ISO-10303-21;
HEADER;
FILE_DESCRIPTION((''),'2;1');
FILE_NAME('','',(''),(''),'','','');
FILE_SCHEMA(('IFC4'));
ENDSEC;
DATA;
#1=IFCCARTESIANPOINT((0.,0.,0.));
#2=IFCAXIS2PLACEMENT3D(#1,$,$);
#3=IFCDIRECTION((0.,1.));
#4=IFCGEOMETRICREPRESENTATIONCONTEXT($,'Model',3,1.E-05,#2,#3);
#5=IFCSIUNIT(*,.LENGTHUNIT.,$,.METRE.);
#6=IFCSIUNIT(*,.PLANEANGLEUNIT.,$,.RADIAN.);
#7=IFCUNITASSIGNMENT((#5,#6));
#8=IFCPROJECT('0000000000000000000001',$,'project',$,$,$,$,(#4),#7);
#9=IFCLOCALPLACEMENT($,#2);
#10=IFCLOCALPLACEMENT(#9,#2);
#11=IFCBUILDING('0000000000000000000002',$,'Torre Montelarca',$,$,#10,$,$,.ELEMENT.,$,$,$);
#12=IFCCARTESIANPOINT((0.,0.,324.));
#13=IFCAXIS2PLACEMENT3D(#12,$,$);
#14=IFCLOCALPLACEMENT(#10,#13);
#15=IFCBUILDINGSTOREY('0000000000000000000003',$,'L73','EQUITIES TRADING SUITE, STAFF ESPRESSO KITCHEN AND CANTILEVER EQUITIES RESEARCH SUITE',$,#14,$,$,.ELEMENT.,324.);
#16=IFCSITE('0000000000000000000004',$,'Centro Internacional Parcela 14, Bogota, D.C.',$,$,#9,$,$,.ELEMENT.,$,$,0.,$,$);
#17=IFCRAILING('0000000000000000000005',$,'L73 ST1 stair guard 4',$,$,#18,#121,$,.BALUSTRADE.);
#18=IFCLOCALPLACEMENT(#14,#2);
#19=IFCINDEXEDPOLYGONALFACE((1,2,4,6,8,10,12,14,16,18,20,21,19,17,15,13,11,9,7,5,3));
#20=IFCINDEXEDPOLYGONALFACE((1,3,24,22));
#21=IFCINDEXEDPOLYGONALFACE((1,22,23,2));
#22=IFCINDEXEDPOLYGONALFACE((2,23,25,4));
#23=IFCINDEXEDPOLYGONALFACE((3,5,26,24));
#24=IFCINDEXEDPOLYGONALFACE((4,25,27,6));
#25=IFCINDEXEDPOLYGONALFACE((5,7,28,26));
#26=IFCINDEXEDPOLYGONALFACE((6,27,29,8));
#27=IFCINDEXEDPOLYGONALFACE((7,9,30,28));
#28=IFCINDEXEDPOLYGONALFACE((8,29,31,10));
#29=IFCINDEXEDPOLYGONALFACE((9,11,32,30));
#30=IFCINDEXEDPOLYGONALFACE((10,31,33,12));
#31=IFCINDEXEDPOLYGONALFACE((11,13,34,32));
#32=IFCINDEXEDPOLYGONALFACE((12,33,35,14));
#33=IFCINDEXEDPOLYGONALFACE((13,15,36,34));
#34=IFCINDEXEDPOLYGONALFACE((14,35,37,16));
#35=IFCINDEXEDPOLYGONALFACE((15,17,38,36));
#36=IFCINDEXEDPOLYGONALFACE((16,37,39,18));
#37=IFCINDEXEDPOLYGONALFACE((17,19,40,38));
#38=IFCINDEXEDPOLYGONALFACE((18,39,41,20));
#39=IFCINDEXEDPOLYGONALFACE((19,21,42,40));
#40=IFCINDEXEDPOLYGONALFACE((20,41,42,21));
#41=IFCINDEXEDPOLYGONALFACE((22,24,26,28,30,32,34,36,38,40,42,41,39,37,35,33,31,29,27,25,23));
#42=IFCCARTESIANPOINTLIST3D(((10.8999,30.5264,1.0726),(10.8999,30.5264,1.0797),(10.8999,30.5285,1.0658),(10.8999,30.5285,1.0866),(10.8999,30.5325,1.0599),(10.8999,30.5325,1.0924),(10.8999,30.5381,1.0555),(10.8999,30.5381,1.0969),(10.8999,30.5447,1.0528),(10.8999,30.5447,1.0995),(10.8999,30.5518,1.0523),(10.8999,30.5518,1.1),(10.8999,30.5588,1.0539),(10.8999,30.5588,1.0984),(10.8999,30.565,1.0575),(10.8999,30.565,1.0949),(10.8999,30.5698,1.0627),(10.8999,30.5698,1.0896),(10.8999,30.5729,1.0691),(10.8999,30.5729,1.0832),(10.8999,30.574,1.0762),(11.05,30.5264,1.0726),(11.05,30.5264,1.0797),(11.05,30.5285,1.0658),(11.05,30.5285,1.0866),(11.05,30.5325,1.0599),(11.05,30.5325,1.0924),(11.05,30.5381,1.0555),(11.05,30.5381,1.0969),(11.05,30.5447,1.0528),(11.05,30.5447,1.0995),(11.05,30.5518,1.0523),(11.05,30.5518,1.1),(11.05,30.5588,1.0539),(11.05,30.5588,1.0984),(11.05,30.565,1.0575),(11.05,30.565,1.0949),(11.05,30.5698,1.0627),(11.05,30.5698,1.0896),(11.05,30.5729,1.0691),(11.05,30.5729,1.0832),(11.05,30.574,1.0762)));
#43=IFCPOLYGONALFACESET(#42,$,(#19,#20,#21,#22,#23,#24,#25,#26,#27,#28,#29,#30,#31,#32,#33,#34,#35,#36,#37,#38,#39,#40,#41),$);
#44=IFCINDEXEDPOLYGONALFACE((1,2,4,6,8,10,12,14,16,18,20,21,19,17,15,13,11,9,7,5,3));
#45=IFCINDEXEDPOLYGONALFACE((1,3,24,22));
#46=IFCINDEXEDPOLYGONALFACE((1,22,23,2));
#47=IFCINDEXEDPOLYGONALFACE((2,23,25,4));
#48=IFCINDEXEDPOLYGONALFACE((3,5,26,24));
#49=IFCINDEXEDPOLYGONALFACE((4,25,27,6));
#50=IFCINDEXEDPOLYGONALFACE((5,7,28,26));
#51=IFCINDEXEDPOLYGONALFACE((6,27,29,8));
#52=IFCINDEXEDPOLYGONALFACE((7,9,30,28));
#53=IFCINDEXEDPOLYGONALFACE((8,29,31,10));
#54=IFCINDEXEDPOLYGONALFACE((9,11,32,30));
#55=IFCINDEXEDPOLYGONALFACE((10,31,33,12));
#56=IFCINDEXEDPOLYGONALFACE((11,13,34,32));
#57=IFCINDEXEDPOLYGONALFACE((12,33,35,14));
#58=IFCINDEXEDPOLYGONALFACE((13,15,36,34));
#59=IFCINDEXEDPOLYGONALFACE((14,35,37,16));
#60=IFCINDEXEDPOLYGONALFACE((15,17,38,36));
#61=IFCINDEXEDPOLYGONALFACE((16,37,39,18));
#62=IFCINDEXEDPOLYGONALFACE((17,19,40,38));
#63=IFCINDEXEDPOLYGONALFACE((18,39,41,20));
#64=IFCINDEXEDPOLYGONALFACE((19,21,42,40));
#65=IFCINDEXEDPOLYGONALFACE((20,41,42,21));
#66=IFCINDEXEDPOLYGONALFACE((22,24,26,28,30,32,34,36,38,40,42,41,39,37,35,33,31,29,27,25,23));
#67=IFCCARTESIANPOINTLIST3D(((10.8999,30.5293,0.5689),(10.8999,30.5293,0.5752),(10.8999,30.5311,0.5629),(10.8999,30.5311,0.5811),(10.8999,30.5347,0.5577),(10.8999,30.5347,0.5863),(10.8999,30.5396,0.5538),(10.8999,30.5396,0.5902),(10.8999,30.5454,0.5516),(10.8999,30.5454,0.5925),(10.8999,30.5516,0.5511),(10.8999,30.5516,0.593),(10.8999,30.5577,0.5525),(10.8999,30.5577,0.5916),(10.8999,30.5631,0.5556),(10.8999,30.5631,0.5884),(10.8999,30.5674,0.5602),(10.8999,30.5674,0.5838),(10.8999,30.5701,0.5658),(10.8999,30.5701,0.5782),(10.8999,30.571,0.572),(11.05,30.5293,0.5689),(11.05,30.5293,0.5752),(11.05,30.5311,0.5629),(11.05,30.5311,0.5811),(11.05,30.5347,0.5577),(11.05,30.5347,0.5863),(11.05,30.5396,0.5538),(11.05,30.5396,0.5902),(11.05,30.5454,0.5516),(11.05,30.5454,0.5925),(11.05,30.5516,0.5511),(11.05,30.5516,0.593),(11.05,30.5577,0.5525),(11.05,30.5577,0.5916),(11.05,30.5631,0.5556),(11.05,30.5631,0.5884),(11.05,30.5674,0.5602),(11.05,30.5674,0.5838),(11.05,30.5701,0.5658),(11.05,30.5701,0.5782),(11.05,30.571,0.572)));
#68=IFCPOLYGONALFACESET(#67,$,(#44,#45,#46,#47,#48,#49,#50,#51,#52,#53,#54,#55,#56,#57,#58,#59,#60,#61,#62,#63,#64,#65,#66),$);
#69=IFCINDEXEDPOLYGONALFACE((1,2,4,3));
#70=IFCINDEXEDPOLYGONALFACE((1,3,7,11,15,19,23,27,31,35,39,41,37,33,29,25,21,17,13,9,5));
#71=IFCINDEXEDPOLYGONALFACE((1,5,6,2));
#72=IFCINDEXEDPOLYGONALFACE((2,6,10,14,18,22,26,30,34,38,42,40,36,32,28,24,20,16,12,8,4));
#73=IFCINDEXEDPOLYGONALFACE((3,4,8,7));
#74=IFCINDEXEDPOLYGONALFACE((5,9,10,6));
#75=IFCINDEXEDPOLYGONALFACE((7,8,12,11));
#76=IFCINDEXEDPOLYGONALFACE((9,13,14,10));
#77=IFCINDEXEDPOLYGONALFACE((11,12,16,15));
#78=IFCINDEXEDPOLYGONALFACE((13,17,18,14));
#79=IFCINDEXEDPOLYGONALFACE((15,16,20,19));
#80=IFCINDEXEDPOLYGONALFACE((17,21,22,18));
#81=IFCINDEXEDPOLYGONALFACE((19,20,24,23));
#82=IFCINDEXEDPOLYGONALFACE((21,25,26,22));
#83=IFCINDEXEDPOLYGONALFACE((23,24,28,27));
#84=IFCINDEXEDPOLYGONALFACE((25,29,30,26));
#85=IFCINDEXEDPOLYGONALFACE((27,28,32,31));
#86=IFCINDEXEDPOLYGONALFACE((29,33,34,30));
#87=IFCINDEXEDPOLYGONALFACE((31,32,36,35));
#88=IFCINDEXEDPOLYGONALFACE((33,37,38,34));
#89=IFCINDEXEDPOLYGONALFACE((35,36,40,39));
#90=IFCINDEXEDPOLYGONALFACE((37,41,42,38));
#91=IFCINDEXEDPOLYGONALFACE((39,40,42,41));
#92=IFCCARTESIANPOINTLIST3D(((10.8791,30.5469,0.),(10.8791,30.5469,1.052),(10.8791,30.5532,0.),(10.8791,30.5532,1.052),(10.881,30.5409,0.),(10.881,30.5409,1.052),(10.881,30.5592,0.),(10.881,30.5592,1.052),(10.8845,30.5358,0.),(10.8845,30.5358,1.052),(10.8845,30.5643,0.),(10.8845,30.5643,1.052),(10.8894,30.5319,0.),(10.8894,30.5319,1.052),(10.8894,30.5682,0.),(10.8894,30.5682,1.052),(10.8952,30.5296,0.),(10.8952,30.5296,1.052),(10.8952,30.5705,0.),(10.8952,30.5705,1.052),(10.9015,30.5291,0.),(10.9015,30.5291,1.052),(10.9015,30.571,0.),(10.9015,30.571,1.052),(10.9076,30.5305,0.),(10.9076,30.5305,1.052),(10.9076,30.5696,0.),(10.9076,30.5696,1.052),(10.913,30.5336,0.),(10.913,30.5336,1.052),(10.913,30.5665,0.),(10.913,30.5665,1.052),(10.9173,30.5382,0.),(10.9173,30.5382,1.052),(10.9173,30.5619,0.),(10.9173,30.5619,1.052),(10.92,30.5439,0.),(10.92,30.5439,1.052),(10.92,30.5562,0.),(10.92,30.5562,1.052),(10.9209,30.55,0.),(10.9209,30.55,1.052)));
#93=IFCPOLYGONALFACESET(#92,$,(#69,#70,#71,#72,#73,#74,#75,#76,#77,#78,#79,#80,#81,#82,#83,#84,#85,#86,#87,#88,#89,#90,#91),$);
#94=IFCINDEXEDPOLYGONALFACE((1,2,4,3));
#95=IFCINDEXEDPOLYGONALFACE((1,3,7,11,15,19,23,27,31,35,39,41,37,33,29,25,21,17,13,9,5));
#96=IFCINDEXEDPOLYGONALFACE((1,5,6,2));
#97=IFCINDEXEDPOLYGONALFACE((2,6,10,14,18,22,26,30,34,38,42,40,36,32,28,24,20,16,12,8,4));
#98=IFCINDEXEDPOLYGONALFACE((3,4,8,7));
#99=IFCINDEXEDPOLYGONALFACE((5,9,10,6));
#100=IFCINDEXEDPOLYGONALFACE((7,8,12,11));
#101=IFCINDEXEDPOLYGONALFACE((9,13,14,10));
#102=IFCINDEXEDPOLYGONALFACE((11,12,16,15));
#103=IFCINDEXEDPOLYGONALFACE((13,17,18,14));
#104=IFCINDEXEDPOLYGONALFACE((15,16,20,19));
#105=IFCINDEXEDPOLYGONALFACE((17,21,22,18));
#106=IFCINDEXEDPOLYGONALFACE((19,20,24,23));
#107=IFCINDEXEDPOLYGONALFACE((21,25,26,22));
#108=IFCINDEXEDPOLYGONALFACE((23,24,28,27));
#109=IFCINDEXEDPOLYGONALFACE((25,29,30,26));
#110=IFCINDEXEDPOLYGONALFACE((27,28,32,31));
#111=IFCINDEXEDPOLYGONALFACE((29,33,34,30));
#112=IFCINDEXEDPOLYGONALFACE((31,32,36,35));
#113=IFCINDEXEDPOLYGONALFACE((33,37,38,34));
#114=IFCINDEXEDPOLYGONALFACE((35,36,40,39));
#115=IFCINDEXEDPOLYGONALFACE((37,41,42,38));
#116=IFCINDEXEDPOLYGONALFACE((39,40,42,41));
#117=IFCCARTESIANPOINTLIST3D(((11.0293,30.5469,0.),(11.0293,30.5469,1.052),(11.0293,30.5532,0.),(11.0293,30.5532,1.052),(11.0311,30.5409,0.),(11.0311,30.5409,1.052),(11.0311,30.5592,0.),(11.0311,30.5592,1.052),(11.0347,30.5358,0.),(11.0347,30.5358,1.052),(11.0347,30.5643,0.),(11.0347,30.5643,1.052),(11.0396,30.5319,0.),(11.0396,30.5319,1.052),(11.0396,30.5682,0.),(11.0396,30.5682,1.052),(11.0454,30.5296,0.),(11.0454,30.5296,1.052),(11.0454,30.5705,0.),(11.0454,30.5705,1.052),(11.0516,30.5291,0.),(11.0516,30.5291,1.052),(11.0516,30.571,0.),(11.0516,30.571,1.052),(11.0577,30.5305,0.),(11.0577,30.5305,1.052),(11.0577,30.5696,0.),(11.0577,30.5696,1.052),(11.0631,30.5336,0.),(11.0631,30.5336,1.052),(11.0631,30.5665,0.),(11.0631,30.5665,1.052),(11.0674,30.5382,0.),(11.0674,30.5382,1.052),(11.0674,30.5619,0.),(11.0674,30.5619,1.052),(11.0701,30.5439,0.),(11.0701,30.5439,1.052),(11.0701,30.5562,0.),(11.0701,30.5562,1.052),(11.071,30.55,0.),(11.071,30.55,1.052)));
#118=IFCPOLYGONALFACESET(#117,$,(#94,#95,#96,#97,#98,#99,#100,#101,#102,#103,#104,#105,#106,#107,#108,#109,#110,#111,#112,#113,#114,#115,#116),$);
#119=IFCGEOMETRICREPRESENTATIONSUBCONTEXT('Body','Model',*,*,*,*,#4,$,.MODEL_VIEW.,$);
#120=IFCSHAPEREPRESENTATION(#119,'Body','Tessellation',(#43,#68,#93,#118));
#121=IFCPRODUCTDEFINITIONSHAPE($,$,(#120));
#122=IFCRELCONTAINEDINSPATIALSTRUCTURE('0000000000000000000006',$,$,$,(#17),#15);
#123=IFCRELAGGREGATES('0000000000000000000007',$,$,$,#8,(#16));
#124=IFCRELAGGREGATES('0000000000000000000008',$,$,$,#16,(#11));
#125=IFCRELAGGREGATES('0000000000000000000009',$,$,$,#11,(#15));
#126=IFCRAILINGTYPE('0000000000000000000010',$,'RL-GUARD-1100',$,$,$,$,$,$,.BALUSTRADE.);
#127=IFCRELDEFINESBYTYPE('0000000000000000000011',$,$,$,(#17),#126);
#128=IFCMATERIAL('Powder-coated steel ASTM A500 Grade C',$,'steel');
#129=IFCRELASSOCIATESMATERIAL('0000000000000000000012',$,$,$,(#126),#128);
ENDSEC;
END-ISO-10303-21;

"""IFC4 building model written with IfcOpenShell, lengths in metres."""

from ifc_helpers import new_model, si_unit, direction, frame, origin, origin_2d, place, context, subcontext, project, spatial, circle, extrude, material, type_object, element, save


model = new_model("IFC4")

# Units and contexts
model_context = context("Model", 3, precision=1e-05, world=origin(), true_north=direction((0.0, 1.0)))
body_context = subcontext(model_context, "Body", "Model", "MODEL_VIEW")
ifc_project = project(units=[si_unit("LENGTHUNIT", "METRE"), si_unit("PLANEANGLEUNIT", "RADIAN")], contexts=[model_context])

# Site, building, storey
site_placement = place(None, origin())
site = spatial("IfcSite", under=ifc_project, at=site_placement, Name="Centro Internacional Parcela 14, Bogota, D.C.", CompositionType="ELEMENT", RefElevation=0.0)
building_placement = place(site_placement, origin())
building = spatial("IfcBuilding", under=site, at=building_placement, Name="Torre Montelarca", CompositionType="ELEMENT")
storey_placement = place(building_placement, frame((0.0, 0.0, 324.0)))
storey = spatial("IfcBuildingStorey", under=building, at=storey_placement, Name="L73", Description="EQUITIES TRADING SUITE, STAFF ESPRESSO KITCHEN AND CANTILEVER EQUITIES RESEARCH SUITE", CompositionType="ELEMENT", Elevation=324.0)

# Railing
ifc_material_1 = material(Name="Powder-coated steel ASTM A500 Grade C", Category="steel")
railing_type_1 = type_object("IfcRailingType", Name="RL-GUARD-1100", PredefinedType="BALUSTRADE", material=ifc_material_1)
railing_1_placement = place(storey_placement, frame((10.8999, 30.55, 0.0)))
element("IfcRailing", 1, at=railing_1_placement, inside=storey, type_object=railing_type_1, Name="L73 ST1 stair guard 4", PredefinedType="BALUSTRADE", context=body_context, shape_type="SweptSolid", body=[
    extrude(circle(Radius=0.0239, at=origin_2d()), frame((0.0, 0.0, 1.0762), z_axis=(1.0, 0.0, 0.0), x_axis=(0.0, 1.0, 0.0)), (0.0, 0.0, 1.0), 0.1501),
    extrude(circle(Radius=0.021, at=origin_2d()), frame((0.0, 0.0, 0.572), z_axis=(1.0, 0.0, 0.0), x_axis=(0.0, 1.0, 0.0)), (0.0, 0.0, 1.0), 0.1501),
    extrude(circle(Radius=0.021, at=origin_2d()), origin(), (0.0, 0.0, 1.0), 1.052),
    extrude(circle(Radius=0.021, at=origin_2d()), frame((0.1501, 0.0, 0.0)), (0.0, 0.0, 1.0), 1.052),
])

save(model, "model.ifc")
